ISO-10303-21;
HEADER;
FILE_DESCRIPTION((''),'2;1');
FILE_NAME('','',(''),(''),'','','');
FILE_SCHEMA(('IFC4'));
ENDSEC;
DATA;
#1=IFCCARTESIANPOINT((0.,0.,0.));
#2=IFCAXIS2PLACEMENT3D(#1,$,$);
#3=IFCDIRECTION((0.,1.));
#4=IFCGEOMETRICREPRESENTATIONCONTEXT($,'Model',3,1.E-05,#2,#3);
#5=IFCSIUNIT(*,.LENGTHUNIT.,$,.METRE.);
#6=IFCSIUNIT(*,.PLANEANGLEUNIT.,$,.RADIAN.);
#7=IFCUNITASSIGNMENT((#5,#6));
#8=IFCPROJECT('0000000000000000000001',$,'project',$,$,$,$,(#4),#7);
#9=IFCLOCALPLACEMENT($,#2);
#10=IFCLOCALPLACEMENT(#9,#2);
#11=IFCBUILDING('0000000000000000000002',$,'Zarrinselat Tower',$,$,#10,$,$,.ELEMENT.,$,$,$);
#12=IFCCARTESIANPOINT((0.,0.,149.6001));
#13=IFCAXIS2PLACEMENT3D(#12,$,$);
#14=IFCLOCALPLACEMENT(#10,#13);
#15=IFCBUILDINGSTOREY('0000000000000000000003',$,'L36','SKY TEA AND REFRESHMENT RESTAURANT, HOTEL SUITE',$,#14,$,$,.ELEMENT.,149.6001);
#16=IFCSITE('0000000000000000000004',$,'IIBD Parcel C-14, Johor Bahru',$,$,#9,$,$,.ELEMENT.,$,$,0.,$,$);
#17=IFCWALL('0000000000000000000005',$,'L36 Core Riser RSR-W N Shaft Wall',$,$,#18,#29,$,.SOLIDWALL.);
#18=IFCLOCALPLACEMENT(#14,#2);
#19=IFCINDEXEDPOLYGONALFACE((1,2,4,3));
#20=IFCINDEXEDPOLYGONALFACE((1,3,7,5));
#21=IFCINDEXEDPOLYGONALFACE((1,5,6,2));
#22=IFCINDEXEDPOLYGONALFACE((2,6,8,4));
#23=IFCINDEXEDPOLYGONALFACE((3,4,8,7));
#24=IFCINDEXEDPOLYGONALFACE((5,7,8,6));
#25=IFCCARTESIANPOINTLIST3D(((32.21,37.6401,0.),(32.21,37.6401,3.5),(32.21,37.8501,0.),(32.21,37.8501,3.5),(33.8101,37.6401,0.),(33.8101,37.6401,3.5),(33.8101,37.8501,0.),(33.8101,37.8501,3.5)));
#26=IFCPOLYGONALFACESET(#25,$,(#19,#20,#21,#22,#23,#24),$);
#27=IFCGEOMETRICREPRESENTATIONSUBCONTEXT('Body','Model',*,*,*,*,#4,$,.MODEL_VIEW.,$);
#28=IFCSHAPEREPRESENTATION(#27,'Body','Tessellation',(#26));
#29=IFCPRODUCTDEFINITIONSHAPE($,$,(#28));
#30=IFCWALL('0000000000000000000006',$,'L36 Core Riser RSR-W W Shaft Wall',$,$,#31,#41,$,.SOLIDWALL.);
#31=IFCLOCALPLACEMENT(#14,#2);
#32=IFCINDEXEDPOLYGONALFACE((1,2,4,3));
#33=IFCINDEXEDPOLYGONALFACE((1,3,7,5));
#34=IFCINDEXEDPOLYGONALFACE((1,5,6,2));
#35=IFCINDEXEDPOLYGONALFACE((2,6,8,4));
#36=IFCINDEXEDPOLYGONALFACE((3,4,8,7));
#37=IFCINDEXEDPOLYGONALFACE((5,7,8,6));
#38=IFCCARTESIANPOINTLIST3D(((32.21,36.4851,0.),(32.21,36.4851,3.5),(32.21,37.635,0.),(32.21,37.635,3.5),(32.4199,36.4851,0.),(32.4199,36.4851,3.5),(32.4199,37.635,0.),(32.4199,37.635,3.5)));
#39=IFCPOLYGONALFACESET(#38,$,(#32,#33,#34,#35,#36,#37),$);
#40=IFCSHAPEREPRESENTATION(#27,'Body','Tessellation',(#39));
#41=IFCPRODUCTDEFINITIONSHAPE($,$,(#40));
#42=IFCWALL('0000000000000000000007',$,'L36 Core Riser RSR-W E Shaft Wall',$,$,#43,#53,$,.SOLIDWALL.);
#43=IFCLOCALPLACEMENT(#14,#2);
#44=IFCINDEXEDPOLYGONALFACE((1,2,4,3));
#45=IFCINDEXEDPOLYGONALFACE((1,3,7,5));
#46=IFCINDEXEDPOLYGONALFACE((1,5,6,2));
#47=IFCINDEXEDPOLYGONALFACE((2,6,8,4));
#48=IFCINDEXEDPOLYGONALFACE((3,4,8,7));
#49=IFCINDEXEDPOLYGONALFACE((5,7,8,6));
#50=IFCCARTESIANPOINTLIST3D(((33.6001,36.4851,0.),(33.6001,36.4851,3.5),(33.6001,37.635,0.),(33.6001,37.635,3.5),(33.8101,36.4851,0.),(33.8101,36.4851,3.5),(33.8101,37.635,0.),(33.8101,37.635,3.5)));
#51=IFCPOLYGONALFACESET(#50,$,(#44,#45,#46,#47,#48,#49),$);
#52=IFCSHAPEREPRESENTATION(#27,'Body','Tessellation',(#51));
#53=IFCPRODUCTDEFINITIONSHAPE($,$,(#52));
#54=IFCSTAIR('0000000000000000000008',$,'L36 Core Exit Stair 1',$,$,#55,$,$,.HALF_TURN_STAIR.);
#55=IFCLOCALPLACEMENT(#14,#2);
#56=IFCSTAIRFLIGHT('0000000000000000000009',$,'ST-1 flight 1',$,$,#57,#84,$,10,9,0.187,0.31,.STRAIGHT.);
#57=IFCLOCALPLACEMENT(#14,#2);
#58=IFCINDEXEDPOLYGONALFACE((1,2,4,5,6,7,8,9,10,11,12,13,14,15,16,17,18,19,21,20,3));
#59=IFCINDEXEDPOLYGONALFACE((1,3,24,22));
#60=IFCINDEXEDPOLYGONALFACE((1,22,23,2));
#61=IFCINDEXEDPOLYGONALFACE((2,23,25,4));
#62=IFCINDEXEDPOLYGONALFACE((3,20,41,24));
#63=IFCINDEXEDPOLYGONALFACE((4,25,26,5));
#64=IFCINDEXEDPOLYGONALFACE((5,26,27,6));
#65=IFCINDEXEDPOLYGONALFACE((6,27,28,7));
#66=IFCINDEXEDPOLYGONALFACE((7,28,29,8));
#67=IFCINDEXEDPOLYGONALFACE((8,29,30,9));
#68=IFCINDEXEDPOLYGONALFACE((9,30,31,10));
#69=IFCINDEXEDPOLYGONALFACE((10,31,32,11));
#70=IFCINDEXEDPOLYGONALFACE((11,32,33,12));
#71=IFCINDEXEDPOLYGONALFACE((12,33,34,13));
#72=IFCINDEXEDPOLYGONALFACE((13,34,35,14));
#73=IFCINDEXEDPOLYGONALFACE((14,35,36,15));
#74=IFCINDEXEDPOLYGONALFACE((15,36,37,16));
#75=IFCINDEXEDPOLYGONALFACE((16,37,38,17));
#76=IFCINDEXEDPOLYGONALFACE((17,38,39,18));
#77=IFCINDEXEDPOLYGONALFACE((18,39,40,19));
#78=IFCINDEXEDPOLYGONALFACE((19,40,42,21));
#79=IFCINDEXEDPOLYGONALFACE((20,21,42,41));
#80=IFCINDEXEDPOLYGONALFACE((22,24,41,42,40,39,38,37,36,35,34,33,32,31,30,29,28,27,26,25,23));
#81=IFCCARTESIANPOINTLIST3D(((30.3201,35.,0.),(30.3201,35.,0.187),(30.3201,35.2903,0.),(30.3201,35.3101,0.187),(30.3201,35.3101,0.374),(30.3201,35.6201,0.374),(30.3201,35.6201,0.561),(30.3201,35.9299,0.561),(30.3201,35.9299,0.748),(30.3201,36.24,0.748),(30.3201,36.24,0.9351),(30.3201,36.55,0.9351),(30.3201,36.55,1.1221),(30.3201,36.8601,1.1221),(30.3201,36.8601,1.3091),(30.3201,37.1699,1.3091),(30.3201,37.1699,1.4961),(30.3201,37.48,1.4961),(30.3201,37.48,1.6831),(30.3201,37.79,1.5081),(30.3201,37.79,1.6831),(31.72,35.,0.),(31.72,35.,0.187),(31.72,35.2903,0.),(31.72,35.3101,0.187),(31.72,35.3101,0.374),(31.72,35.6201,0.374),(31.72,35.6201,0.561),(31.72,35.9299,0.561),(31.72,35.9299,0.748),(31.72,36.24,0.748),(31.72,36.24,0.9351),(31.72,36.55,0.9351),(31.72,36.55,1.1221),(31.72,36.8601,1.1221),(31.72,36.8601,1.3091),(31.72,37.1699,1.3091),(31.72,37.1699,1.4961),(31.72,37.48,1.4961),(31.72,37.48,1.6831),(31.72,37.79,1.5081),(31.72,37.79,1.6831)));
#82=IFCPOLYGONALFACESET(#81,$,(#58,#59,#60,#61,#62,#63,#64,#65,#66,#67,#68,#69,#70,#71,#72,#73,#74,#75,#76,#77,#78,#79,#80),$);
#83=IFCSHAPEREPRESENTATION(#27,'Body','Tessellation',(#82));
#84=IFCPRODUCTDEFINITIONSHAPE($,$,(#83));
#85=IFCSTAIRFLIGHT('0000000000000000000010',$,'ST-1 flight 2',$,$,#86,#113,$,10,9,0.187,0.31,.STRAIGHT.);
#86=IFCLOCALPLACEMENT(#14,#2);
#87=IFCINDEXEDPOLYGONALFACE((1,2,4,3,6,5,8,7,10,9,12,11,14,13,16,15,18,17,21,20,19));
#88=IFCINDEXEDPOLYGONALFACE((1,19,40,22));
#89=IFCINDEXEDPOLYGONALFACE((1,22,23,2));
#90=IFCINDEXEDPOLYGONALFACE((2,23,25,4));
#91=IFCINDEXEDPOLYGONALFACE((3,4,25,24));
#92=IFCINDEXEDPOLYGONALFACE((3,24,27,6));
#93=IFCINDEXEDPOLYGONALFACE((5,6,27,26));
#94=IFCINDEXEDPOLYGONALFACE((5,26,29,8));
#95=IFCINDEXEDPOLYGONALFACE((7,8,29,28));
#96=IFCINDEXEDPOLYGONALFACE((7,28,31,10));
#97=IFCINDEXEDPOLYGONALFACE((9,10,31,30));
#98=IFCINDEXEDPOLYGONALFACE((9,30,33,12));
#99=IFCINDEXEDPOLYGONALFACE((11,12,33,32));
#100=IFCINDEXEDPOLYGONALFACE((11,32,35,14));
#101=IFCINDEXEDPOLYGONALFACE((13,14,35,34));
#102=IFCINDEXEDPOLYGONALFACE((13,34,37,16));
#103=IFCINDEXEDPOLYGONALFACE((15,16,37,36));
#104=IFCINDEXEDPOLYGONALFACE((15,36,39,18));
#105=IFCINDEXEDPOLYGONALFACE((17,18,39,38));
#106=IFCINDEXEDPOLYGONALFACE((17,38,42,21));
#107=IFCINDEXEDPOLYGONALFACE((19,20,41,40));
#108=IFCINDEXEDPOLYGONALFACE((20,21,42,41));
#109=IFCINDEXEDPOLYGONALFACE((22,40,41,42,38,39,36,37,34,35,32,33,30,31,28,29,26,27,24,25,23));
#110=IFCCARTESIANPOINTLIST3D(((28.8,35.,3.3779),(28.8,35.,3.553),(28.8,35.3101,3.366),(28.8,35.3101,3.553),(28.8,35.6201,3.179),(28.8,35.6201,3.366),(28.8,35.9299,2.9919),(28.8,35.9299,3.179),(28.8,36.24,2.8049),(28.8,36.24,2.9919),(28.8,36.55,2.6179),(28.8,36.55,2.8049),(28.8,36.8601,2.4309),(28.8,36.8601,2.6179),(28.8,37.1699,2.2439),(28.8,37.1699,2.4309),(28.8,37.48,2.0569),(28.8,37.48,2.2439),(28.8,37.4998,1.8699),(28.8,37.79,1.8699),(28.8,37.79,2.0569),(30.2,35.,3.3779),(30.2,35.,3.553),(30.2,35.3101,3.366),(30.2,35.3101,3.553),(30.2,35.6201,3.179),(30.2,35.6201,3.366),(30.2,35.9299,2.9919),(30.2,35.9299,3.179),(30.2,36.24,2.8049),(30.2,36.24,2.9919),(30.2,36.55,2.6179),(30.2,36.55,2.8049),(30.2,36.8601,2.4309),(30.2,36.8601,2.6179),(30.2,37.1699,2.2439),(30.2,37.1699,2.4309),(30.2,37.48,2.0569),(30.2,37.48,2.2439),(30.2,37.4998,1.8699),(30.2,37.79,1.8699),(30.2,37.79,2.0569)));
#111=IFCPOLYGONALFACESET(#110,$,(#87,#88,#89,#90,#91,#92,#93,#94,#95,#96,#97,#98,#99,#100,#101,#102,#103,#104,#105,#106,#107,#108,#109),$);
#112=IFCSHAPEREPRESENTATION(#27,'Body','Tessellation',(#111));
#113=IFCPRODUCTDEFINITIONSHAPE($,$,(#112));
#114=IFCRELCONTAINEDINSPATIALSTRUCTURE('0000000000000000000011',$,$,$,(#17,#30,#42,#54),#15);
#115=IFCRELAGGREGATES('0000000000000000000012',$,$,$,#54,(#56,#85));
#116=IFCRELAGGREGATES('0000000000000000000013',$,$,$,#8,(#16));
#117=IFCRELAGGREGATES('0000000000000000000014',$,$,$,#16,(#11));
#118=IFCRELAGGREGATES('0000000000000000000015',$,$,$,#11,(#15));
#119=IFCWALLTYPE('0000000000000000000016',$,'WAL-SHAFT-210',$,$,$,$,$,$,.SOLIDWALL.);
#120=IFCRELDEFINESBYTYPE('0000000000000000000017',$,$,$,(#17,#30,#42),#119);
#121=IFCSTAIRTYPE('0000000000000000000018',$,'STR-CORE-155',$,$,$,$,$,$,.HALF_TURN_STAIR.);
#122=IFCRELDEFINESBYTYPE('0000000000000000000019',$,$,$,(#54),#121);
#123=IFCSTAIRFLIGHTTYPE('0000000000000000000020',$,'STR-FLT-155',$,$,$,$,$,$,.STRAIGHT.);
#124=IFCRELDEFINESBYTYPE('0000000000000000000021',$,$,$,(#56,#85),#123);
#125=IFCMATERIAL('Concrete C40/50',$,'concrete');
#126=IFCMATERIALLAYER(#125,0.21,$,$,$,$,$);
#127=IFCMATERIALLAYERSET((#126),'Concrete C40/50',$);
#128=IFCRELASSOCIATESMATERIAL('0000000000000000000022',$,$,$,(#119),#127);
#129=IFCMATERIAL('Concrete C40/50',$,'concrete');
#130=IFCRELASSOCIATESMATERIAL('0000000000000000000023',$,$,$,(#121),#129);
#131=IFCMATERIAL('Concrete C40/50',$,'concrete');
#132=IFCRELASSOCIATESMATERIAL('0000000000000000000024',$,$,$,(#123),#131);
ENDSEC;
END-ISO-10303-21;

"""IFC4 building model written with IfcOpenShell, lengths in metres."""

from ifc_helpers import new_model, si_unit, direction, frame, frame_2d, origin, place, context, subcontext, project, spatial, polyline, rectangle, outline, extrude, material, layer, layer_set, type_object, element, aggregate, save


model = new_model("IFC4")

# Units and contexts
model_context = context("Model", 3, precision=1e-05, world=origin(), true_north=direction((0.0, 1.0)))
body_context = subcontext(model_context, "Body", "Model", "MODEL_VIEW")
ifc_project = project(units=[si_unit("LENGTHUNIT", "METRE"), si_unit("PLANEANGLEUNIT", "RADIAN")], contexts=[model_context])

# Site, building, storey
site_placement = place(None, origin())
site = spatial("IfcSite", under=ifc_project, at=site_placement, Name="IIBD Parcel C-14, Johor Bahru", CompositionType="ELEMENT", RefElevation=0.0)
building_placement = place(site_placement, origin())
building = spatial("IfcBuilding", under=site, at=building_placement, Name="Zarrinselat Tower", CompositionType="ELEMENT")
storey_placement = place(building_placement, frame((0.0, 0.0, 149.6001)))
storey = spatial("IfcBuildingStorey", under=building, at=storey_placement, Name="L36", Description="SKY TEA AND REFRESHMENT RESTAURANT, HOTEL SUITE", CompositionType="ELEMENT", Elevation=149.6001)

# Shared definitions
ifc_material_1 = material(Name="Concrete C40/50", Category="concrete")
ifc_layer_1 = layer(ifc_material_1, 0.21)
ifc_layer_set_1 = layer_set([ifc_layer_1], Name="Concrete C40/50")
wall_type_1 = type_object("IfcWallType", Name="WAL-SHAFT-210", PredefinedType="SOLIDWALL", material=ifc_layer_set_1)

# Walls
for number, where, z_axis, x_axis, name in (
    (1, (32.21, 37.7451, 0.0), (0.0, 0.0, 1.0), (1.0, 0.0, 0.0), "L36 Core Riser RSR-W N Shaft Wall"),
):
    element("IfcWall", number, at=place(storey_placement, frame(where, z_axis=z_axis, x_axis=x_axis)), inside=storey, type_object=wall_type_1, Name=name, PredefinedType="SOLIDWALL", context=body_context, shape_type="SweptSolid", body=[
        extrude(rectangle(XDim=1.6001, YDim=0.21, at=frame_2d((0.8, 0.0))), origin(), (0.0, 0.0, 1.0), 3.5),
    ])
for number, where, z_axis, x_axis, name in (
    (2, (32.3149, 36.4851, 0.0), (0.0, 0.0, 1.0), (0.0, 1.0, 0.0), "L36 Core Riser RSR-W W Shaft Wall"),
    (3, (33.7051, 36.4851, 0.0), (0.0, 0.0, 1.0), (0.0, 1.0, 0.0), "L36 Core Riser RSR-W E Shaft Wall"),
):
    element("IfcWall", number, at=place(storey_placement, frame(where, z_axis=z_axis, x_axis=x_axis)), inside=storey, type_object=wall_type_1, Name=name, PredefinedType="SOLIDWALL", context=body_context, shape_type="SweptSolid", body=[
        extrude(rectangle(XDim=1.1499, YDim=0.21, at=frame_2d((0.575, 0.0))), origin(), (0.0, 0.0, 1.0), 3.5),
    ])

# Stair, stair flights
ifc_material_2 = material(Name="Concrete C40/50", Category="concrete")
stair_type = type_object("IfcStairType", Name="STR-CORE-155", PredefinedType="HALF_TURN_STAIR", material=ifc_material_2)
stair_placement = place(storey_placement, origin())
stair = element("IfcStair", 4, at=stair_placement, inside=storey, type_object=stair_type, Name="L36 Core Exit Stair 1", PredefinedType="HALF_TURN_STAIR")
ifc_material_3 = material(Name="Concrete C40/50", Category="concrete")
stair_flight_type = type_object("IfcStairFlightType", Name="STR-FLT-155", PredefinedType="STRAIGHT", material=ifc_material_3)
stair_flight_1_placement = place(storey_placement, frame((31.02, 35.0, 0.0), z_axis=(0.0, 0.0, 1.0), x_axis=(0.0, 1.0, 0.0)))
stair_flight_1 = element("IfcStairFlight", 5, at=stair_flight_1_placement, type_object=stair_flight_type, Name="ST-1 flight 1", NumberOfRisers=10, NumberOfTreads=9, PredefinedType="STRAIGHT", RiserHeight=0.187, TreadLength=0.31, context=body_context, shape_type="SweptSolid", body=[
    extrude(outline(polyline([(0.0, 0.0), (0.0, 0.187), (0.3101, 0.187), (0.3101, 0.374), (0.6201, 0.374), (0.6201, 0.561), (0.9299, 0.561), (0.9299, 0.748), (1.24, 0.748), (1.24, 0.9351), (1.55, 0.9351), (1.55, 1.1221), (1.8601, 1.1221), (1.8601, 1.3091), (2.1699, 1.3091), (2.1699, 1.4961), (2.48, 1.4961), (2.48, 1.6831), (2.79, 1.6831), (2.79, 1.8701), (2.79, 1.5081), (0.2903, 0.0), (0.0, 0.0)])), frame((0.0, 0.7, 0.0), z_axis=(0.0, -1.0, 0.0), x_axis=(1.0, 0.0, 0.0)), (0.0, 0.0, 1.0), 1.3999),
])
stair_flight_2_placement = place(storey_placement, frame((29.5, 37.79, 1.8699), z_axis=(0.0, 0.0, 1.0), x_axis=(0.0, -1.0, 0.0)))
stair_flight_2 = element("IfcStairFlight", 6, at=stair_flight_2_placement, type_object=stair_flight_type, Name="ST-1 flight 2", NumberOfRisers=10, NumberOfTreads=9, PredefinedType="STRAIGHT", RiserHeight=0.187, TreadLength=0.31, context=body_context, shape_type="SweptSolid", body=[
    extrude(outline(polyline([(0.0, 0.0), (0.0, 0.187), (0.3101, 0.187), (0.3101, 0.374), (0.6201, 0.374), (0.6201, 0.561), (0.9299, 0.561), (0.9299, 0.748), (1.24, 0.748), (1.24, 0.9351), (1.55, 0.9351), (1.55, 1.1221), (1.8601, 1.1221), (1.8601, 1.3091), (2.1699, 1.3091), (2.1699, 1.4961), (2.48, 1.4961), (2.48, 1.6831), (2.79, 1.6831), (2.79, 1.8701), (2.79, 1.5081), (0.2903, 0.0), (0.0, 0.0)])), frame((0.0, 0.7, 0.0), z_axis=(0.0, -1.0, 0.0), x_axis=(1.0, 0.0, 0.0)), (0.0, 0.0, 1.0), 1.3999),
])
aggregate(stair, [stair_flight_1, stair_flight_2])

save(model, "model.ifc")
